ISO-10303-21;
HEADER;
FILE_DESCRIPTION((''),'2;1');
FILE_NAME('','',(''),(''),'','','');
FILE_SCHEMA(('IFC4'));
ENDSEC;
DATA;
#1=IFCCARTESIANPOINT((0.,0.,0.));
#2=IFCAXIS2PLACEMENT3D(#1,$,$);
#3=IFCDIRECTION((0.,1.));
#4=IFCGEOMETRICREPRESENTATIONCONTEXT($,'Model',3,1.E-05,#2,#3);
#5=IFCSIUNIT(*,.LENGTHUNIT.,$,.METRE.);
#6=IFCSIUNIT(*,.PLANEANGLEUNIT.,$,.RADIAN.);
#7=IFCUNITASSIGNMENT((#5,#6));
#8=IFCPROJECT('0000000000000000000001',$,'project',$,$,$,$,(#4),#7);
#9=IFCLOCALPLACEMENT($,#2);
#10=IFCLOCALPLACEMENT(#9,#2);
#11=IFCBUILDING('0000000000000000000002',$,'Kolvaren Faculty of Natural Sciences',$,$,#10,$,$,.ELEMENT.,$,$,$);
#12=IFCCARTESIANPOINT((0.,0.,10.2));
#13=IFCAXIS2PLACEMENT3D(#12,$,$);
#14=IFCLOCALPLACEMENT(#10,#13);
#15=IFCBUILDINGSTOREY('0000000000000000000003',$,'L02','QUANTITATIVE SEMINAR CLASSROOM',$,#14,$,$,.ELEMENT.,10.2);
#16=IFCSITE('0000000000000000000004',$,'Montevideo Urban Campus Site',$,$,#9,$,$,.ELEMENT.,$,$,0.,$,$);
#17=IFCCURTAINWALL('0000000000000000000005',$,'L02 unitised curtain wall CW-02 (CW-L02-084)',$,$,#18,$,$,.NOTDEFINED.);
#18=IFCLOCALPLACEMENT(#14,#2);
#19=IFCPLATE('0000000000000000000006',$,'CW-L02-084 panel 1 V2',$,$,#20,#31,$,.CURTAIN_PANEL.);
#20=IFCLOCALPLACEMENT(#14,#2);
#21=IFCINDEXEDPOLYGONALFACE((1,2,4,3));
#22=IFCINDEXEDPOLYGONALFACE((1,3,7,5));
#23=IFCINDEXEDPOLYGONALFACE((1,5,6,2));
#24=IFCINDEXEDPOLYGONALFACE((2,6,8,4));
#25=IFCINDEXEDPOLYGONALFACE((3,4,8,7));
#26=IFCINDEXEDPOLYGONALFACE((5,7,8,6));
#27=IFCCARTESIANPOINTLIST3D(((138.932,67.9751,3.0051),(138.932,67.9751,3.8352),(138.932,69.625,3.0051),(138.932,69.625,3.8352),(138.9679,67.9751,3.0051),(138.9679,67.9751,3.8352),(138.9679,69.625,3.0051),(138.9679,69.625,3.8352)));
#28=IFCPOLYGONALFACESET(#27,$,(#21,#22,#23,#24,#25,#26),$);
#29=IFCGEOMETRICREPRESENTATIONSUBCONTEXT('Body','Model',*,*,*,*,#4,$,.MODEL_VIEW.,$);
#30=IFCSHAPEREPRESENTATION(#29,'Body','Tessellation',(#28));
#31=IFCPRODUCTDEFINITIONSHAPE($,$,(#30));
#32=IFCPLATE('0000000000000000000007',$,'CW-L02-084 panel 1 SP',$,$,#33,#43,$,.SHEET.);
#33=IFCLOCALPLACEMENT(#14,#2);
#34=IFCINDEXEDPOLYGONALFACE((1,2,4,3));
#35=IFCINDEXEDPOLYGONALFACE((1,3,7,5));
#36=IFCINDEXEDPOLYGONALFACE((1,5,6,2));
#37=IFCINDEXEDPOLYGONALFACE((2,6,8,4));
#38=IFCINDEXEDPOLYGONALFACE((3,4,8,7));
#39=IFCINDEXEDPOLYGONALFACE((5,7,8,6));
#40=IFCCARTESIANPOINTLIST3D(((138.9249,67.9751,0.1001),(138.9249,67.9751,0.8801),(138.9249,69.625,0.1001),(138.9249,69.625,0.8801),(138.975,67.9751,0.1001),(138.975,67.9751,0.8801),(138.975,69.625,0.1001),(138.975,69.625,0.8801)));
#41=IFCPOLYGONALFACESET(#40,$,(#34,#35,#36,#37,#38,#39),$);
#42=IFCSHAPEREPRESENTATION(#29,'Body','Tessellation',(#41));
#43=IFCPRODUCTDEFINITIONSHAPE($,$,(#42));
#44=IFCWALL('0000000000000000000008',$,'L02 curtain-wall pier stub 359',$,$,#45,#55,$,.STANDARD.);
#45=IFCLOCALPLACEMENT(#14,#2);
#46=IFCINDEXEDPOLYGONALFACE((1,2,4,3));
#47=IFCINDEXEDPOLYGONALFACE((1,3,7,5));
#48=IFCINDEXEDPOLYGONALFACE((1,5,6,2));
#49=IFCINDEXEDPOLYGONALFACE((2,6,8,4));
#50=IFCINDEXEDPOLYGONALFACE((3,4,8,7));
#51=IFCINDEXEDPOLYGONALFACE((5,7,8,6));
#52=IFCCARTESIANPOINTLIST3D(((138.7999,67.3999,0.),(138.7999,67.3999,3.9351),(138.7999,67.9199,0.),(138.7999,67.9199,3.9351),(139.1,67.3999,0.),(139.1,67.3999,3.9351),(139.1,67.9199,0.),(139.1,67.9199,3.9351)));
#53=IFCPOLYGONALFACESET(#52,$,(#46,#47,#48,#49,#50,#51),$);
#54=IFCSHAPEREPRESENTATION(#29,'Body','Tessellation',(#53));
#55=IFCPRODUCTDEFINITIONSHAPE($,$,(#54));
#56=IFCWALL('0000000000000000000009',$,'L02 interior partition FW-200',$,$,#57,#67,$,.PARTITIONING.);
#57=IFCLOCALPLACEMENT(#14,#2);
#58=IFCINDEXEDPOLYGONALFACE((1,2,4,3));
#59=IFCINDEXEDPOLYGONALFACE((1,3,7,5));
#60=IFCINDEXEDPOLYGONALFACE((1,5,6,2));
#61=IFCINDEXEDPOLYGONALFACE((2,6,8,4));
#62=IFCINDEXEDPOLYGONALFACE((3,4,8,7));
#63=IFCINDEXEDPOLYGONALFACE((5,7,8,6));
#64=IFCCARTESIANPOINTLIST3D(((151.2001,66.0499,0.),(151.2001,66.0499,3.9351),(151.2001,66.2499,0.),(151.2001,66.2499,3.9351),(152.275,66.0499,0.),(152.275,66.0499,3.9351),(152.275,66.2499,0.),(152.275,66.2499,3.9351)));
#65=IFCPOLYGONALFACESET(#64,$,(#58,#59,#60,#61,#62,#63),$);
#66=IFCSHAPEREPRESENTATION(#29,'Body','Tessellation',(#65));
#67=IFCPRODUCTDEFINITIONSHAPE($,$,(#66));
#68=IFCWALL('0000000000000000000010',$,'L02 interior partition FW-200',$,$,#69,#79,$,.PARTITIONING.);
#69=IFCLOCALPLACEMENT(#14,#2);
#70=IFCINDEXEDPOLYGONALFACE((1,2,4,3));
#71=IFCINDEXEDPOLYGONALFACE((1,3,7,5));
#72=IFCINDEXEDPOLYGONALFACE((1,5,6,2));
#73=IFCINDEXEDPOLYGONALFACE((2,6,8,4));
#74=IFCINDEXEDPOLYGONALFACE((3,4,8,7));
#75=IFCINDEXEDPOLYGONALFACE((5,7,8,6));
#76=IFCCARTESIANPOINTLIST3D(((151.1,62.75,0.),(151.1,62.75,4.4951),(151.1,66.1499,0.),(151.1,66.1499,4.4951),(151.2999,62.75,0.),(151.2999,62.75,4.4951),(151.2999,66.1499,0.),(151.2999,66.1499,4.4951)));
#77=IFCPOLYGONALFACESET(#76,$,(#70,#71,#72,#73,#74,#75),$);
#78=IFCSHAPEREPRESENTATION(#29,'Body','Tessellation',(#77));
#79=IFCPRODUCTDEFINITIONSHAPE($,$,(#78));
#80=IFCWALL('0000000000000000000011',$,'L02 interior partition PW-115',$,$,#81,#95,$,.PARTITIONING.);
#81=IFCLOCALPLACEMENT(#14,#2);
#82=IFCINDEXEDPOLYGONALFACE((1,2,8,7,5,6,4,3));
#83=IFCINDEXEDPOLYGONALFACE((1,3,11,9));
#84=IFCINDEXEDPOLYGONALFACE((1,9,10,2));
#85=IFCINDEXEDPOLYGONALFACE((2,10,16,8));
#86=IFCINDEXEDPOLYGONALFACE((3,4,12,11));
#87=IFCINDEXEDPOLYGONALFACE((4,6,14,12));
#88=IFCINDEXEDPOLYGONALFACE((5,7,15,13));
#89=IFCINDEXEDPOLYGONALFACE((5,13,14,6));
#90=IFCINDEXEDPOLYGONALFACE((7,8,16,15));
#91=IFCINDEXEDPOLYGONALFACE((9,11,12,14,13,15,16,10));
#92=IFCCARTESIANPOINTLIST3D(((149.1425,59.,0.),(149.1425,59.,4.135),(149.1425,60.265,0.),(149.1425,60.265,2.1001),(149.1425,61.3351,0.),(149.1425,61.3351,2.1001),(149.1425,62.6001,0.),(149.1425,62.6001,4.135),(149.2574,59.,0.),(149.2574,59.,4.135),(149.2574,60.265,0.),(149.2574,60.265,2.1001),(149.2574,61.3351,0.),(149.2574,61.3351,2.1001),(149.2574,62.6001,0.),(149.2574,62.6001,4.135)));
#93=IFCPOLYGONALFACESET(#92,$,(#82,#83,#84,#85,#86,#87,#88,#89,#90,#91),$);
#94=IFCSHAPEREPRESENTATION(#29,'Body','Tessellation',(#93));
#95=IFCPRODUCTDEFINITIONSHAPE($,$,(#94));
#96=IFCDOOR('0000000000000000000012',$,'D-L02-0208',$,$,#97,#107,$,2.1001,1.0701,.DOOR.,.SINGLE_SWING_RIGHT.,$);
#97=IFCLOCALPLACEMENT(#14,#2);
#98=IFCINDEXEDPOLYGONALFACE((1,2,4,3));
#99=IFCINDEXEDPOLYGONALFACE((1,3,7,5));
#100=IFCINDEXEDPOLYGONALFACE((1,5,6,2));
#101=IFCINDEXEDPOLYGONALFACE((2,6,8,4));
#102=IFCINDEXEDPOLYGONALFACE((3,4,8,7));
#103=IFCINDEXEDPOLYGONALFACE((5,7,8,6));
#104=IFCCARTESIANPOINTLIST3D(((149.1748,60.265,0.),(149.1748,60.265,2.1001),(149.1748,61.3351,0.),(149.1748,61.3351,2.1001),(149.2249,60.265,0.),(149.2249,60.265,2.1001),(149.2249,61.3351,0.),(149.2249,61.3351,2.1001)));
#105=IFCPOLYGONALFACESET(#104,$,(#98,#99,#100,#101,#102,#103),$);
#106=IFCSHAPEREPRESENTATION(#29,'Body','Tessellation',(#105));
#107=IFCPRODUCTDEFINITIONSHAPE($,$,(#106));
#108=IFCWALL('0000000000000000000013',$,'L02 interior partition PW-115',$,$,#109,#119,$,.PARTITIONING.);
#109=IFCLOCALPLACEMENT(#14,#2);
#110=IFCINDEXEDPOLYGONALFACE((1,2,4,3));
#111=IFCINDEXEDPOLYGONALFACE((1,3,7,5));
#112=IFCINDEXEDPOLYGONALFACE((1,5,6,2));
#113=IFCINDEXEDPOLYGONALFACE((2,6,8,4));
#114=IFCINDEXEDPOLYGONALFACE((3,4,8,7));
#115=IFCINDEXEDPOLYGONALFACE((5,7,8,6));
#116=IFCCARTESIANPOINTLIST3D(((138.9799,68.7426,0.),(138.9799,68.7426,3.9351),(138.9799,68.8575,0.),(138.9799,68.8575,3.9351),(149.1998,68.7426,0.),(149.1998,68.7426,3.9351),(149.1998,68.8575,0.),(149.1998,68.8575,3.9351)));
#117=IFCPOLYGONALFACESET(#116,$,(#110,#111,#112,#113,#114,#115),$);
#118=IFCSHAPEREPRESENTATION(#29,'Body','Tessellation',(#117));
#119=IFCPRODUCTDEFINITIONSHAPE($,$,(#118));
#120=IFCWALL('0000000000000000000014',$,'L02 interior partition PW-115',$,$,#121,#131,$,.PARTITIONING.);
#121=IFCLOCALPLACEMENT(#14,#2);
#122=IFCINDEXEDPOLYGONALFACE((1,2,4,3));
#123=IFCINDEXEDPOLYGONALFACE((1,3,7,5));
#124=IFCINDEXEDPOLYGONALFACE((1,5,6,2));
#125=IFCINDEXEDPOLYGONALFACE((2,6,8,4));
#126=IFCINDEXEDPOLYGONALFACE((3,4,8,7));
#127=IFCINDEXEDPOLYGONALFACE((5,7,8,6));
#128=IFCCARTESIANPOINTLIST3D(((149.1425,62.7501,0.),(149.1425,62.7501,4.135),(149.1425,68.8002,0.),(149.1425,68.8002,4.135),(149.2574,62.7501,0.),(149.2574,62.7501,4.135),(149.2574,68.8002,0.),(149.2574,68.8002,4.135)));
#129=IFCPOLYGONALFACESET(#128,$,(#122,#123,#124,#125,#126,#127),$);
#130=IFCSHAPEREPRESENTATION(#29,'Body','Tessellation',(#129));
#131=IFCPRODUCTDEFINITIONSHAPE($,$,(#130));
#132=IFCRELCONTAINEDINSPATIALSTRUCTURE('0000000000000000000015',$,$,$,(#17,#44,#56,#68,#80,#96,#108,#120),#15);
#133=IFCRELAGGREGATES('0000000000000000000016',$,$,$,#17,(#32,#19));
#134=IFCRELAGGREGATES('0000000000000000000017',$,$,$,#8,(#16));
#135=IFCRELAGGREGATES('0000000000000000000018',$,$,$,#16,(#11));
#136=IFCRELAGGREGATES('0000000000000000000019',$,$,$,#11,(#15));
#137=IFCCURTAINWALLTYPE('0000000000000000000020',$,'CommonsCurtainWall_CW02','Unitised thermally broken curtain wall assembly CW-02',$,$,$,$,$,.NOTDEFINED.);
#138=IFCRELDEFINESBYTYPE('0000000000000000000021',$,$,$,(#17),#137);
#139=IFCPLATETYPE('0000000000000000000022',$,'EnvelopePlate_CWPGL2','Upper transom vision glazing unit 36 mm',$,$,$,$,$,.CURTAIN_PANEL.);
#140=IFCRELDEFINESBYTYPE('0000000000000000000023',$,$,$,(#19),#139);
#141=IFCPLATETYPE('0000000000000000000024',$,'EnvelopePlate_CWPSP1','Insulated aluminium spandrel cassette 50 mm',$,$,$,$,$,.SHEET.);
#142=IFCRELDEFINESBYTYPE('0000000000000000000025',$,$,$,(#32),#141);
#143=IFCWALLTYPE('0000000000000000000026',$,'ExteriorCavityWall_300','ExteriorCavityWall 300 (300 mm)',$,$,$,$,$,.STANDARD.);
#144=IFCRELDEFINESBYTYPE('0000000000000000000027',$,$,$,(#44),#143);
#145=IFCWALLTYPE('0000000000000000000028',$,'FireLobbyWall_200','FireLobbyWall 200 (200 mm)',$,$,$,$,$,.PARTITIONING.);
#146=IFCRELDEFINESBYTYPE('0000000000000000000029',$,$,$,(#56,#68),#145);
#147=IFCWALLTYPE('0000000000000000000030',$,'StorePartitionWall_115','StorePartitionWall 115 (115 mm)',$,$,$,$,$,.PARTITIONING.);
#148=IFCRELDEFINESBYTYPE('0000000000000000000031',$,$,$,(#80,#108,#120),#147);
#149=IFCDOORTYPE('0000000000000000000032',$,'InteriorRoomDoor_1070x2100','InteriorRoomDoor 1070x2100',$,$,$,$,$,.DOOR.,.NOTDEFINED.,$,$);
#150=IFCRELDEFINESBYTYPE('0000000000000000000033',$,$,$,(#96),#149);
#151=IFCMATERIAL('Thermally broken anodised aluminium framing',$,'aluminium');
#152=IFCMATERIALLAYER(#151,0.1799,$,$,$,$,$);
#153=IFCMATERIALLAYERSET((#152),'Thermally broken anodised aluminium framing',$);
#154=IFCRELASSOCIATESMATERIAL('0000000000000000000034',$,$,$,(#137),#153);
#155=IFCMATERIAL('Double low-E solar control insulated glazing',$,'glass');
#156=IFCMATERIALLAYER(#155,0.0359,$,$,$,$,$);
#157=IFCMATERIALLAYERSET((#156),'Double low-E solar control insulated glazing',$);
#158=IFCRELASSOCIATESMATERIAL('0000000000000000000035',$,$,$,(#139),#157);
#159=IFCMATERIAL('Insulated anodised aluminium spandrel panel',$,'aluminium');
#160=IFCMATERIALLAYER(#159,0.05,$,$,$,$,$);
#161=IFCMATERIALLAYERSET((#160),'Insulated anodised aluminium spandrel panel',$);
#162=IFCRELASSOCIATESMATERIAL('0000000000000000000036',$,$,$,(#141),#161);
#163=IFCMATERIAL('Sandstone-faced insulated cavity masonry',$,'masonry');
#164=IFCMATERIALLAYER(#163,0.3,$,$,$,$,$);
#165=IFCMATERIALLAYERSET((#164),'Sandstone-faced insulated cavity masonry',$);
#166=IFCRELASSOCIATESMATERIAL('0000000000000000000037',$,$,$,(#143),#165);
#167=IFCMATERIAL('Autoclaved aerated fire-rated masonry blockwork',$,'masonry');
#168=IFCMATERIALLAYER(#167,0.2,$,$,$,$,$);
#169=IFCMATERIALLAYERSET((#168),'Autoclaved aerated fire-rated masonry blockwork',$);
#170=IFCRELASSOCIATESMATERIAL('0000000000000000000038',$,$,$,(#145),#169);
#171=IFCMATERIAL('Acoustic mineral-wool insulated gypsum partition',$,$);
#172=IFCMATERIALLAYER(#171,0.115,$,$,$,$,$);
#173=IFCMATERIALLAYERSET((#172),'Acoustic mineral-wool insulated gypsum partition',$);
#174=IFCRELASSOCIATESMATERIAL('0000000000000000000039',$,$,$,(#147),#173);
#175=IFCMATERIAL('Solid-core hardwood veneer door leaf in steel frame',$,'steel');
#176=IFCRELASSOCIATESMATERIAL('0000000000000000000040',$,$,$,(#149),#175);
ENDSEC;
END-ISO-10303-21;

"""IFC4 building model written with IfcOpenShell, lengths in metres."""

from ifc_helpers import new_model, si_unit, direction, frame, frame_2d, origin, origin_2d, place, context, subcontext, project, spatial, rectangle, extrude, material, layer, layer_set, type_object, element, fill, aggregate, save


model = new_model("IFC4")

# Units and contexts
model_context = context("Model", 3, precision=1e-05, world=origin(), true_north=direction((0.0, 1.0)))
body_context = subcontext(model_context, "Body", "Model", "MODEL_VIEW")
ifc_project = project(units=[si_unit("LENGTHUNIT", "METRE"), si_unit("PLANEANGLEUNIT", "RADIAN")], contexts=[model_context])

# Site, building, storey
site_placement = place(None, origin())
site = spatial("IfcSite", under=ifc_project, at=site_placement, Name="Montevideo Urban Campus Site", CompositionType="ELEMENT", RefElevation=0.0)
building_placement = place(site_placement, origin())
building = spatial("IfcBuilding", under=site, at=building_placement, Name="Kolvaren Faculty of Natural Sciences", CompositionType="ELEMENT")
storey_placement = place(building_placement, frame((0.0, 0.0, 10.2)))
storey = spatial("IfcBuildingStorey", under=building, at=storey_placement, Name="L02", Description="QUANTITATIVE SEMINAR CLASSROOM", CompositionType="ELEMENT", Elevation=10.2)

# Curtain wall
ifc_material_1 = material(Name="Thermally broken anodised aluminium framing", Category="aluminium")
ifc_layer_1 = layer(ifc_material_1, 0.1799)
ifc_layer_set_1 = layer_set([ifc_layer_1], Name="Thermally broken anodised aluminium framing")
curtain_wall_type = type_object("IfcCurtainWallType", Name="CommonsCurtainWall_CW02", Description="Unitised thermally broken curtain wall assembly CW-02", PredefinedType="NOTDEFINED", material=ifc_layer_set_1)
curtain_wall_placement = place(storey_placement, origin())
curtain_wall = element("IfcCurtainWall", 1, at=curtain_wall_placement, inside=storey, type_object=curtain_wall_type, Name="L02 unitised curtain wall CW-02 (CW-L02-084)", PredefinedType="NOTDEFINED")

# Plates
ifc_material_2 = material(Name="Double low-E solar control insulated glazing", Category="glass")
ifc_layer_2 = layer(ifc_material_2, 0.0359)
ifc_layer_set_2 = layer_set([ifc_layer_2], Name="Double low-E solar control insulated glazing")
plate_type_1 = type_object("IfcPlateType", Name="EnvelopePlate_CWPGL2", Description="Upper transom vision glazing unit 36 mm", PredefinedType="CURTAIN_PANEL", material=ifc_layer_set_2)
plate_1_placement = place(storey_placement, frame((138.95, 68.8, 3.0051), z_axis=(0.0, 0.0, 1.0), x_axis=(0.0, 1.0, 0.0)))
plate_1 = element("IfcPlate", 2, at=plate_1_placement, type_object=plate_type_1, Name="CW-L02-084 panel 1 V2", PredefinedType="CURTAIN_PANEL", context=body_context, shape_type="SweptSolid", body=[
    extrude(rectangle(XDim=1.6499, YDim=0.0359, at=origin_2d()), origin(), (0.0, 0.0, 1.0), 0.8301),
])
ifc_material_3 = material(Name="Insulated anodised aluminium spandrel panel", Category="aluminium")
ifc_layer_3 = layer(ifc_material_3, 0.05)
ifc_layer_set_3 = layer_set([ifc_layer_3], Name="Insulated anodised aluminium spandrel panel")
plate_type_2 = type_object("IfcPlateType", Name="EnvelopePlate_CWPSP1", Description="Insulated aluminium spandrel cassette 50 mm", PredefinedType="SHEET", material=ifc_layer_set_3)
plate_2_placement = place(storey_placement, frame((138.95, 68.8, 0.1001), z_axis=(0.0, 0.0, 1.0), x_axis=(0.0, 1.0, 0.0)))
plate_2 = element("IfcPlate", 3, at=plate_2_placement, type_object=plate_type_2, Name="CW-L02-084 panel 1 SP", PredefinedType="SHEET", context=body_context, shape_type="SweptSolid", body=[
    extrude(rectangle(XDim=1.6499, YDim=0.05, at=origin_2d()), origin(), (0.0, 0.0, 1.0), 0.78),
])
aggregate(curtain_wall, [plate_2, plate_1])

# Walls
ifc_material_4 = material(Name="Sandstone-faced insulated cavity masonry", Category="masonry")
ifc_layer_4 = layer(ifc_material_4, 0.3)
ifc_layer_set_4 = layer_set([ifc_layer_4], Name="Sandstone-faced insulated cavity masonry")
wall_type_1 = type_object("IfcWallType", Name="ExteriorCavityWall_300", Description="ExteriorCavityWall 300 (300 mm)", PredefinedType="STANDARD", material=ifc_layer_set_4)
wall_1_placement = place(storey_placement, frame((138.95, 67.3999, 0.0), z_axis=(0.0, 0.0, 1.0), x_axis=(0.0, 1.0, 0.0)))
element("IfcWall", 4, at=wall_1_placement, inside=storey, type_object=wall_type_1, Name="L02 curtain-wall pier stub 359", PredefinedType="STANDARD", context=body_context, shape_type="SweptSolid", body=[
    extrude(rectangle(XDim=0.52, YDim=0.3, at=frame_2d((0.26, 0.0))), origin(), (0.0, 0.0, 1.0), 3.9351),
])
ifc_material_5 = material(Name="Autoclaved aerated fire-rated masonry blockwork", Category="masonry")
ifc_layer_5 = layer(ifc_material_5, 0.2)
ifc_layer_set_5 = layer_set([ifc_layer_5], Name="Autoclaved aerated fire-rated masonry blockwork")
wall_type_2 = type_object("IfcWallType", Name="FireLobbyWall_200", Description="FireLobbyWall 200 (200 mm)", PredefinedType="PARTITIONING", material=ifc_layer_set_5)
wall_2_placement = place(storey_placement, frame((151.2, 66.1499, 0.0), z_axis=(0.0, 0.0, 1.0), x_axis=(1.0, 0.0, 0.0)))
element("IfcWall", 5, at=wall_2_placement, inside=storey, type_object=wall_type_2, Name="L02 interior partition FW-200", PredefinedType="PARTITIONING", context=body_context, shape_type="SweptSolid", body=[
    extrude(rectangle(XDim=1.075, YDim=0.2, at=frame_2d((0.5376, 0.0))), origin(), (0.0, 0.0, 1.0), 3.9351),
])
wall_3_placement = place(storey_placement, frame((151.2, 62.75, 0.0), z_axis=(0.0, 0.0, 1.0), x_axis=(0.0, 1.0, 0.0)))
element("IfcWall", 6, at=wall_3_placement, inside=storey, type_object=wall_type_2, Name="L02 interior partition FW-200", PredefinedType="PARTITIONING", context=body_context, shape_type="SweptSolid", body=[
    extrude(rectangle(XDim=3.3999, YDim=0.2, at=frame_2d((1.7, 0.0))), origin(), (0.0, 0.0, 1.0), 4.4951),
])

# Wall, opening, door
ifc_material_6 = material(Name="Acoustic mineral-wool insulated gypsum partition")
ifc_layer_6 = layer(ifc_material_6, 0.115)
ifc_layer_set_6 = layer_set([ifc_layer_6], Name="Acoustic mineral-wool insulated gypsum partition")
wall_type_3 = type_object("IfcWallType", Name="StorePartitionWall_115", Description="StorePartitionWall 115 (115 mm)", PredefinedType="PARTITIONING", material=ifc_layer_set_6)
wall_4_placement = place(storey_placement, frame((149.2, 62.6001, 0.0), z_axis=(0.0, 0.0, 1.0), x_axis=(0.0, -1.0, 0.0)))
wall_4 = element("IfcWall", 7, at=wall_4_placement, inside=storey, type_object=wall_type_3, Name="L02 interior partition PW-115", PredefinedType="PARTITIONING", context=body_context, shape_type="SweptSolid", body=[
    extrude(rectangle(XDim=3.6001, YDim=0.115, at=frame_2d((1.8, 0.0))), origin(), (0.0, 0.0, 1.0), 4.135),
])
opening_placement = place(wall_4_placement, frame((1.2649, 0.0, 0.0)))
opening = element("IfcOpeningElement", 8, at=opening_placement, cuts=wall_4, PredefinedType="OPENING", context=body_context, shape_type="SweptSolid", body=[
    extrude(rectangle(XDim=1.0701, YDim=2.1001, at=frame_2d((0.5352, 1.05))), frame((0.0, 0.0674, 0.0), z_axis=(0.0, -1.0, 0.0), x_axis=(1.0, 0.0, 0.0)), (0.0, 0.0, 1.0), 0.135),
])
ifc_material_7 = material(Name="Solid-core hardwood veneer door leaf in steel frame", Category="steel")
door_type = type_object("IfcDoorType", Name="InteriorRoomDoor_1070x2100", Description="InteriorRoomDoor 1070x2100", OperationType="NOTDEFINED", PredefinedType="DOOR", material=ifc_material_7)
door_placement = place(opening_placement, origin())
door = element("IfcDoor", 9, at=door_placement, inside=storey, type_object=door_type, Name="D-L02-0208", OperationType="SINGLE_SWING_RIGHT", OverallHeight=2.1001, OverallWidth=1.0701, PredefinedType="DOOR", context=body_context, shape_type="SweptSolid", body=[
    extrude(rectangle(XDim=1.0701, YDim=2.1001, at=frame_2d((0.5352, 1.05))), frame((0.0, 0.0249, 0.0), z_axis=(0.0, -1.0, 0.0), x_axis=(1.0, 0.0, 0.0)), (0.0, 0.0, 1.0), 0.05),
])
fill(opening, door)

# Walls
wall_5_placement = place(storey_placement, frame((138.98, 68.8, 0.0), z_axis=(0.0, 0.0, 1.0), x_axis=(1.0, 0.0, 0.0)))
element("IfcWall", 10, at=wall_5_placement, inside=storey, type_object=wall_type_3, Name="L02 interior partition PW-115", PredefinedType="PARTITIONING", context=body_context, shape_type="SweptSolid", body=[
    extrude(rectangle(XDim=10.22, YDim=0.115, at=frame_2d((5.1099, 0.0))), origin(), (0.0, 0.0, 1.0), 3.9351),
])
wall_6_placement = place(storey_placement, frame((149.2, 68.8, 0.0), z_axis=(0.0, 0.0, 1.0), x_axis=(0.0, -1.0, 0.0)))
element("IfcWall", 11, at=wall_6_placement, inside=storey, type_object=wall_type_3, Name="L02 interior partition PW-115", PredefinedType="PARTITIONING", context=body_context, shape_type="SweptSolid", body=[
    extrude(rectangle(XDim=6.05, YDim=0.115, at=frame_2d((3.0249, 0.0))), origin(), (0.0, 0.0, 1.0), 4.135),
])

save(model, "model.ifc")
